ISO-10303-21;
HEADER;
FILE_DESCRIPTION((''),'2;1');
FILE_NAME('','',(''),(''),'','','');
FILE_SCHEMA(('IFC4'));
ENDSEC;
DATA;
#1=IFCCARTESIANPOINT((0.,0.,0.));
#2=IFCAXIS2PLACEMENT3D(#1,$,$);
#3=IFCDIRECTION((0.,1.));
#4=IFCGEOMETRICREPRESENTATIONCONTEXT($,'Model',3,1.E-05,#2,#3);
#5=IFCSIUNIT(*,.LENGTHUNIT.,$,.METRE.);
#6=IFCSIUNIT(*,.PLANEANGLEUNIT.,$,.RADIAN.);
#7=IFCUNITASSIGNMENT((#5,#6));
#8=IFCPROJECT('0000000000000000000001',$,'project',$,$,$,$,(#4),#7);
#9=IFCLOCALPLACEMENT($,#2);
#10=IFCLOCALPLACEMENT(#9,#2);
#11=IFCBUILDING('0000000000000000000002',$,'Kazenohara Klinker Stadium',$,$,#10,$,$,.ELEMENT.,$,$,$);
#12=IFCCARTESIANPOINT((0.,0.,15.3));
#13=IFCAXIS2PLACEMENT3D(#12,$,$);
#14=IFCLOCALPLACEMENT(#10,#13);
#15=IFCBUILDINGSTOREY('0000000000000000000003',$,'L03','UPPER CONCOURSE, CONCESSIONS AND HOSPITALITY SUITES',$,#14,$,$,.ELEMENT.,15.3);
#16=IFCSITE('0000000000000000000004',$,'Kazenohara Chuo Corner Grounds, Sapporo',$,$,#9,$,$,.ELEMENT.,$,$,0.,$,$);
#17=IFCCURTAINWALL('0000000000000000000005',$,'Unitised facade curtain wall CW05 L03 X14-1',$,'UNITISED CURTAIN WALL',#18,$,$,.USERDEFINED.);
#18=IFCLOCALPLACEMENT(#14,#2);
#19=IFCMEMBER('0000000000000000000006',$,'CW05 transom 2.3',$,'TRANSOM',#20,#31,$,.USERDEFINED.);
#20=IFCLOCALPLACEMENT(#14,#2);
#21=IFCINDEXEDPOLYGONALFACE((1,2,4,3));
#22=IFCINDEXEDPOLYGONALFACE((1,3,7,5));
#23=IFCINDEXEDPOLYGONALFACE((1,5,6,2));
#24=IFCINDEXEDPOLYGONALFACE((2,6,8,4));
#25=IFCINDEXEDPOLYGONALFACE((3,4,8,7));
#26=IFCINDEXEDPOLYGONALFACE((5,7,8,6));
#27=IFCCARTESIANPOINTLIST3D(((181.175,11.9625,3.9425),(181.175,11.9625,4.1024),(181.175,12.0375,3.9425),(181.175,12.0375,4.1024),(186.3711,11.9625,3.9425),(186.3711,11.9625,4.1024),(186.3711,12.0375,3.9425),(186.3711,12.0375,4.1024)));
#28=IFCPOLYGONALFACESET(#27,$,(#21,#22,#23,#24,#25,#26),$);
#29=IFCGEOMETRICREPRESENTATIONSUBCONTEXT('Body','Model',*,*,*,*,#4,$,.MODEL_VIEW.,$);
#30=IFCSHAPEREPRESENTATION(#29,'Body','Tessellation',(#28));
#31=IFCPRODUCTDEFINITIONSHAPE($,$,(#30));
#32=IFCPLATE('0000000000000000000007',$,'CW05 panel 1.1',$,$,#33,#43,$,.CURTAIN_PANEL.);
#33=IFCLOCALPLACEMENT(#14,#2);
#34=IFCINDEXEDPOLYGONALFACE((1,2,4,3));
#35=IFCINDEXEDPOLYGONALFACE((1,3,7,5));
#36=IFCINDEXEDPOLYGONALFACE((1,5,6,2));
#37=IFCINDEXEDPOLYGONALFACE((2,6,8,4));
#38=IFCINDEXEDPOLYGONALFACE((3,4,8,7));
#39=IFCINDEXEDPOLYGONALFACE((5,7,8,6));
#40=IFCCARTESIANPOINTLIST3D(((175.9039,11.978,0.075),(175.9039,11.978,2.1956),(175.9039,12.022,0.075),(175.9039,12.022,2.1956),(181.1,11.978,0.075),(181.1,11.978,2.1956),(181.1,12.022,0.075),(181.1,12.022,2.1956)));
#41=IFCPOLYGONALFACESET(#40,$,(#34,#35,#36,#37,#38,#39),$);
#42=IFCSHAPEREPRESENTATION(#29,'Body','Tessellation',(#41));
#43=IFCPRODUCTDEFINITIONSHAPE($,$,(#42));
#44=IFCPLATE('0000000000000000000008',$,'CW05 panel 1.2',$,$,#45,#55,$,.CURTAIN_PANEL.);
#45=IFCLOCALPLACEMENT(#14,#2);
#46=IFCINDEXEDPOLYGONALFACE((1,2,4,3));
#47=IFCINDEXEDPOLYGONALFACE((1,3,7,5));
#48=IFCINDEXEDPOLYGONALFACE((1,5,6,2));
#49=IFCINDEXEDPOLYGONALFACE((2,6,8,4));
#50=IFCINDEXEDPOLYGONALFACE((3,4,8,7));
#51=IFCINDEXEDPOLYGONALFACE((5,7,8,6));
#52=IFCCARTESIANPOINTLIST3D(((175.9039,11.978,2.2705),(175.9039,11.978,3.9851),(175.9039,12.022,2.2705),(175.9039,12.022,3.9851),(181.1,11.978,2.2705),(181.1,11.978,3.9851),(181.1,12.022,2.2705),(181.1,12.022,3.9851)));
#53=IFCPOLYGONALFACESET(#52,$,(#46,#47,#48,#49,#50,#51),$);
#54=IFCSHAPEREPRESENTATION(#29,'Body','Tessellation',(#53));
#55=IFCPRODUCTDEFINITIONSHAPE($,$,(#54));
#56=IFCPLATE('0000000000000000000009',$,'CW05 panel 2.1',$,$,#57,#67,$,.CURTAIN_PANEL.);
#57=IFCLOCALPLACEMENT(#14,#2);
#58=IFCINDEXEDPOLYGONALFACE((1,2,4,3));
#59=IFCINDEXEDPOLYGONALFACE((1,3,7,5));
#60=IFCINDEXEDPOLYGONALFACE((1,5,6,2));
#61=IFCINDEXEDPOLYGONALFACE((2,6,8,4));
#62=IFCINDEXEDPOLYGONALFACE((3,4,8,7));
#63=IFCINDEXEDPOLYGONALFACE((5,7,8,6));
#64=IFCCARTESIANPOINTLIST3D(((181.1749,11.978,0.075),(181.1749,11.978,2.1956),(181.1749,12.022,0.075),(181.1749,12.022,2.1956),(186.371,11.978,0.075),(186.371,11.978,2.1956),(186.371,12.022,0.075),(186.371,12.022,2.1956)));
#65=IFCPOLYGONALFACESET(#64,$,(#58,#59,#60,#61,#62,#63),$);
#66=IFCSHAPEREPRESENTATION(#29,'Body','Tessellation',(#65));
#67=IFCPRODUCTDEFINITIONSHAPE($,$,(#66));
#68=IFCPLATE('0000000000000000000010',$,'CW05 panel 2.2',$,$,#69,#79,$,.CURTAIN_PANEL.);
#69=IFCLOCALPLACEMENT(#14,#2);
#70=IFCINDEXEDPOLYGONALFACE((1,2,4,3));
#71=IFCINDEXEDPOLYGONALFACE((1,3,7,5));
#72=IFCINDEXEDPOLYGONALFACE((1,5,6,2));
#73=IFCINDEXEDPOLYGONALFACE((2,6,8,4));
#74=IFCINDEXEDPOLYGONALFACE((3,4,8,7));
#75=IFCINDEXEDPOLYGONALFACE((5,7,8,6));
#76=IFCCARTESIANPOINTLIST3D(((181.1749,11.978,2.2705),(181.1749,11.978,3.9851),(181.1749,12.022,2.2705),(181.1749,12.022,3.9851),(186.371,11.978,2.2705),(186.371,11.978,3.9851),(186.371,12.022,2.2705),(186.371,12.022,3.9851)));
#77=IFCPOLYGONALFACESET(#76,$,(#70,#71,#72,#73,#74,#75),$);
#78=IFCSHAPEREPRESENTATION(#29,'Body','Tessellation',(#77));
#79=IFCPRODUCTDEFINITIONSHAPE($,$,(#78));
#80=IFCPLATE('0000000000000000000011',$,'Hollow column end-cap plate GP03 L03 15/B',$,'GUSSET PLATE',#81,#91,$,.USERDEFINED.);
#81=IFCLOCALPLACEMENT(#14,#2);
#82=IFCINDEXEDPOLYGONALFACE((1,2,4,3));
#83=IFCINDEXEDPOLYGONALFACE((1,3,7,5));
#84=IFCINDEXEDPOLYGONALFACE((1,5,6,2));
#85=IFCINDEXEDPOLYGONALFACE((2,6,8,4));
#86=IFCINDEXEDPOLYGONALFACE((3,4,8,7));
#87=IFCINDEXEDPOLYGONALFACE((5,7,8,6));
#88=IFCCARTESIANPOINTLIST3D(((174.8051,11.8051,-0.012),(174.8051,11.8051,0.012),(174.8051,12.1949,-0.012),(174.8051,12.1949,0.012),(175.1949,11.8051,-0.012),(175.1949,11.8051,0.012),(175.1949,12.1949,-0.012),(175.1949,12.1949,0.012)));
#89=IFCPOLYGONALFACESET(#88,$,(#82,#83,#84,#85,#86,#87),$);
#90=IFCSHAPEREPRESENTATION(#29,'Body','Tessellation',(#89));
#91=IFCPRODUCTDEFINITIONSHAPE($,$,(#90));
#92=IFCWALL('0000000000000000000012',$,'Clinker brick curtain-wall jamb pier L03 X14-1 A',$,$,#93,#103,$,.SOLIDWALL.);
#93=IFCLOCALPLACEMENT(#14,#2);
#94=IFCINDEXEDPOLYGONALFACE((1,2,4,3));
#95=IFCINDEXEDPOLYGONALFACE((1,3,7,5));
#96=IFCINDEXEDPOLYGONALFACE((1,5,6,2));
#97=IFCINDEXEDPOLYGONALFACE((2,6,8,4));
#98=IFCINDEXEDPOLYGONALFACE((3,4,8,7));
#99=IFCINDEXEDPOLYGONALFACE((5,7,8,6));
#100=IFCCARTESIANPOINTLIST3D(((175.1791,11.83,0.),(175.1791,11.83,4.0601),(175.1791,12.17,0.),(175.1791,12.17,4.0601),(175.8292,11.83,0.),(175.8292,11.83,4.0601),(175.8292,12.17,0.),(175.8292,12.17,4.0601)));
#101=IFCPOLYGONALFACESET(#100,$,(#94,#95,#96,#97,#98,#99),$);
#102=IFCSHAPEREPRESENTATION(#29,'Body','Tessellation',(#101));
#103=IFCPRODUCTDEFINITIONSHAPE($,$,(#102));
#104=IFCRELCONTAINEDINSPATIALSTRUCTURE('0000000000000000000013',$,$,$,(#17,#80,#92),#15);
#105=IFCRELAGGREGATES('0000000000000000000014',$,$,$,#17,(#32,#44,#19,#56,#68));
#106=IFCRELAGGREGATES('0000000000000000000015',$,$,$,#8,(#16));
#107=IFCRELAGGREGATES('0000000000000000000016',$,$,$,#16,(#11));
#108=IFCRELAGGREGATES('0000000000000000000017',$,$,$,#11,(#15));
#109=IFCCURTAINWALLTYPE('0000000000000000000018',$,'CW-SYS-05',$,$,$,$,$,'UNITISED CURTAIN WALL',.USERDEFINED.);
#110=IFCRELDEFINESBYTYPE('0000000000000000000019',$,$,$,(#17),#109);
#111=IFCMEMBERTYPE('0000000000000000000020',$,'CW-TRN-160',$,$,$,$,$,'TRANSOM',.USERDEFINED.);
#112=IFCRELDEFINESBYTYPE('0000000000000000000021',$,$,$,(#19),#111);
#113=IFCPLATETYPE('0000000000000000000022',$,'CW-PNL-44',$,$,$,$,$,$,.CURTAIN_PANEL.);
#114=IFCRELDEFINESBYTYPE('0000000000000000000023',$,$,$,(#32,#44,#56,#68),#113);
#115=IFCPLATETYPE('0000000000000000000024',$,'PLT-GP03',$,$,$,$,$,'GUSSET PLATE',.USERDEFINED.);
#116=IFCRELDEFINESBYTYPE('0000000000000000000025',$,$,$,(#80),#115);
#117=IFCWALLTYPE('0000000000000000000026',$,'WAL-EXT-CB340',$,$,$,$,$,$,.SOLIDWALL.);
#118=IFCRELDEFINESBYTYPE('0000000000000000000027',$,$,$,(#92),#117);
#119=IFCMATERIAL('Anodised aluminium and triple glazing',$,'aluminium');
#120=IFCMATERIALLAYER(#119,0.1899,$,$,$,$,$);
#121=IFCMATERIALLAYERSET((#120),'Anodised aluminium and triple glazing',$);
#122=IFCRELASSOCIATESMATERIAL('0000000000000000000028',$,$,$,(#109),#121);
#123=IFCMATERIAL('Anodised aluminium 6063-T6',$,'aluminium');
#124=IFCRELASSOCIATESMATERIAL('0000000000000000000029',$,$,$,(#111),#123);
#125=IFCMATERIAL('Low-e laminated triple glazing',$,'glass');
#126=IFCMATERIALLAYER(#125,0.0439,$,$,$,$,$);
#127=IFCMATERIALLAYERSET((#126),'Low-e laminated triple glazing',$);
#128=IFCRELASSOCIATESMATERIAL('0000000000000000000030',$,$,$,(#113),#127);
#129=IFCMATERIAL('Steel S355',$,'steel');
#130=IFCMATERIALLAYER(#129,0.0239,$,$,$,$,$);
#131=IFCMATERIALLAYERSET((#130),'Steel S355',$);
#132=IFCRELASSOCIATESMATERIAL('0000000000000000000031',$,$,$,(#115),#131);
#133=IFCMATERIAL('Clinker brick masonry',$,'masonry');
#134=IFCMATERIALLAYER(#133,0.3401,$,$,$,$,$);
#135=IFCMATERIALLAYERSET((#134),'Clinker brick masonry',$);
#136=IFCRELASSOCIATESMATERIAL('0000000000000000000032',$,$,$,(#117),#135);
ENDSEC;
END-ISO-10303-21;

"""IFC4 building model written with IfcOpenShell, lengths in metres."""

from ifc_helpers import new_model, si_unit, direction, frame, frame_2d, origin, origin_2d, place, context, subcontext, project, spatial, rectangle, extrude, material, layer, layer_set, material_profile, profile_set, type_object, element, aggregate, save


model = new_model("IFC4")

# Units and contexts
model_context = context("Model", 3, precision=1e-05, world=origin(), true_north=direction((0.0, 1.0)))
body_context = subcontext(model_context, "Body", "Model", "MODEL_VIEW")
ifc_project = project(units=[si_unit("LENGTHUNIT", "METRE"), si_unit("PLANEANGLEUNIT", "RADIAN")], contexts=[model_context])

# Site, building, storey
site_placement = place(None, origin())
site = spatial("IfcSite", under=ifc_project, at=site_placement, Name="Kazenohara Chuo Corner Grounds, Sapporo", CompositionType="ELEMENT", RefElevation=0.0)
building_placement = place(site_placement, origin())
building = spatial("IfcBuilding", under=site, at=building_placement, Name="Kazenohara Klinker Stadium", CompositionType="ELEMENT")
storey_placement = place(building_placement, frame((0.0, 0.0, 15.3)))
storey = spatial("IfcBuildingStorey", under=building, at=storey_placement, Name="L03", Description="UPPER CONCOURSE, CONCESSIONS AND HOSPITALITY SUITES", CompositionType="ELEMENT", Elevation=15.3)

# Shared definitions
ifc_material_1 = material(Name="Steel S355", Category="steel")

# Curtain wall, member, plates
ifc_material_2 = material(Name="Anodised aluminium and triple glazing", Category="aluminium")
ifc_layer_1 = layer(ifc_material_2, 0.1899)
ifc_layer_set_1 = layer_set([ifc_layer_1], Name="Anodised aluminium and triple glazing")
curtain_wall_type = type_object("IfcCurtainWallType", Name="CW-SYS-05", ElementType="UNITISED CURTAIN WALL", PredefinedType="USERDEFINED", material=ifc_layer_set_1)
curtain_wall_placement = place(storey_placement, origin())
curtain_wall = element("IfcCurtainWall", 1, at=curtain_wall_placement, inside=storey, type_object=curtain_wall_type, Name="Unitised facade curtain wall CW05 L03 X14-1", ObjectType="UNITISED CURTAIN WALL", PredefinedType="USERDEFINED")
ifc_material_3 = material(Name="Anodised aluminium 6063-T6", Category="aluminium")
ifc_material_profile_1 = material_profile(ifc_material_3, rectangle(XDim=0.075, YDim=0.1599, at=origin_2d()), Name="ALU-TRN-75x160")
ifc_profile_set_1 = profile_set([ifc_material_profile_1], Name="Anodised aluminium 6063-T6")
member_type_1 = type_object("IfcMemberType", Name="CW-TRN-160", ElementType="TRANSOM", PredefinedType="USERDEFINED", material=ifc_profile_set_1)
member_1_placement = place(storey_placement, frame((181.175, 12.0, 4.0225), z_axis=(1.0, 0.0, 0.0), x_axis=(0.0, 1.0, 0.0)))
member_1 = element("IfcMember", 2, at=member_1_placement, type_object=member_type_1, Name="CW05 transom 2.3", ObjectType="TRANSOM", PredefinedType="USERDEFINED", context=body_context, shape_type="SweptSolid", body=[
    extrude(rectangle(XDim=0.075, YDim=0.1599, at=origin_2d()), origin(), (0.0, 0.0, 1.0), 5.196),
])
ifc_material_4 = material(Name="Low-e laminated triple glazing", Category="glass")
ifc_layer_2 = layer(ifc_material_4, 0.0439)
ifc_layer_set_2 = layer_set([ifc_layer_2], Name="Low-e laminated triple glazing")
plate_type_1 = type_object("IfcPlateType", Name="CW-PNL-44", PredefinedType="CURTAIN_PANEL", material=ifc_layer_set_2)
plate_1_placement = place(storey_placement, frame((178.502, 12.0, 0.075), z_axis=(0.0, 0.0, 1.0), x_axis=(1.0, 0.0, 0.0)))
plate_1 = element("IfcPlate", 3, at=plate_1_placement, type_object=plate_type_1, Name="CW05 panel 1.1", PredefinedType="CURTAIN_PANEL", context=body_context, shape_type="SweptSolid", body=[
    extrude(rectangle(XDim=5.196, YDim=0.0439, at=origin_2d()), origin(), (0.0, 0.0, 1.0), 2.1206),
])
plate_2_placement = place(storey_placement, frame((178.502, 12.0, 2.2705), z_axis=(0.0, 0.0, 1.0), x_axis=(1.0, 0.0, 0.0)))
plate_2 = element("IfcPlate", 4, at=plate_2_placement, type_object=plate_type_1, Name="CW05 panel 1.2", PredefinedType="CURTAIN_PANEL", context=body_context, shape_type="SweptSolid", body=[
    extrude(rectangle(XDim=5.196, YDim=0.0439, at=origin_2d()), origin(), (0.0, 0.0, 1.0), 1.7146),
])
plate_3_placement = place(storey_placement, frame((183.7729, 12.0, 0.075), z_axis=(0.0, 0.0, 1.0), x_axis=(1.0, 0.0, 0.0)))
plate_3 = element("IfcPlate", 5, at=plate_3_placement, type_object=plate_type_1, Name="CW05 panel 2.1", PredefinedType="CURTAIN_PANEL", context=body_context, shape_type="SweptSolid", body=[
    extrude(rectangle(XDim=5.196, YDim=0.0439, at=origin_2d()), origin(), (0.0, 0.0, 1.0), 2.1206),
])
plate_4_placement = place(storey_placement, frame((183.7729, 12.0, 2.2705), z_axis=(0.0, 0.0, 1.0), x_axis=(1.0, 0.0, 0.0)))
plate_4 = element("IfcPlate", 6, at=plate_4_placement, type_object=plate_type_1, Name="CW05 panel 2.2", PredefinedType="CURTAIN_PANEL", context=body_context, shape_type="SweptSolid", body=[
    extrude(rectangle(XDim=5.196, YDim=0.0439, at=origin_2d()), origin(), (0.0, 0.0, 1.0), 1.7146),
])
aggregate(curtain_wall, [plate_1, plate_2, member_1, plate_3, plate_4])

# Plate
ifc_layer_3 = layer(ifc_material_1, 0.0239)
ifc_layer_set_3 = layer_set([ifc_layer_3], Name="Steel S355")
plate_type_2 = type_object("IfcPlateType", Name="PLT-GP03", ElementType="GUSSET PLATE", PredefinedType="USERDEFINED", material=ifc_layer_set_3)
plate_5_placement = place(storey_placement, frame((175.0, 12.0, -0.012), z_axis=(0.0, 0.0, 1.0), x_axis=(1.0, 0.0, 0.0)))
element("IfcPlate", 7, at=plate_5_placement, inside=storey, type_object=plate_type_2, Name="Hollow column end-cap plate GP03 L03 15/B", ObjectType="GUSSET PLATE", PredefinedType="USERDEFINED", context=body_context, shape_type="SweptSolid", body=[
    extrude(rectangle(XDim=0.3899, YDim=0.3899, at=origin_2d()), origin(), (0.0, 0.0, 1.0), 0.0239),
])

# Wall
ifc_material_5 = material(Name="Clinker brick masonry", Category="masonry")
ifc_layer_4 = layer(ifc_material_5, 0.3401)
ifc_layer_set_4 = layer_set([ifc_layer_4], Name="Clinker brick masonry")
wall_type = type_object("IfcWallType", Name="WAL-EXT-CB340", PredefinedType="SOLIDWALL", material=ifc_layer_set_4)
wall_placement = place(storey_placement, frame((175.179, 12.0, 0.0), z_axis=(0.0, 0.0, 1.0), x_axis=(1.0, 0.0, 0.0)))
element("IfcWall", 8, at=wall_placement, inside=storey, type_object=wall_type, Name="Clinker brick curtain-wall jamb pier L03 X14-1 A", PredefinedType="SOLIDWALL", context=body_context, shape_type="SweptSolid", body=[
    extrude(rectangle(XDim=0.6501, YDim=0.3401, at=frame_2d((0.3252, 0.0))), origin(), (0.0, 0.0, 1.0), 4.0601),
])

save(model, "model.ifc")
